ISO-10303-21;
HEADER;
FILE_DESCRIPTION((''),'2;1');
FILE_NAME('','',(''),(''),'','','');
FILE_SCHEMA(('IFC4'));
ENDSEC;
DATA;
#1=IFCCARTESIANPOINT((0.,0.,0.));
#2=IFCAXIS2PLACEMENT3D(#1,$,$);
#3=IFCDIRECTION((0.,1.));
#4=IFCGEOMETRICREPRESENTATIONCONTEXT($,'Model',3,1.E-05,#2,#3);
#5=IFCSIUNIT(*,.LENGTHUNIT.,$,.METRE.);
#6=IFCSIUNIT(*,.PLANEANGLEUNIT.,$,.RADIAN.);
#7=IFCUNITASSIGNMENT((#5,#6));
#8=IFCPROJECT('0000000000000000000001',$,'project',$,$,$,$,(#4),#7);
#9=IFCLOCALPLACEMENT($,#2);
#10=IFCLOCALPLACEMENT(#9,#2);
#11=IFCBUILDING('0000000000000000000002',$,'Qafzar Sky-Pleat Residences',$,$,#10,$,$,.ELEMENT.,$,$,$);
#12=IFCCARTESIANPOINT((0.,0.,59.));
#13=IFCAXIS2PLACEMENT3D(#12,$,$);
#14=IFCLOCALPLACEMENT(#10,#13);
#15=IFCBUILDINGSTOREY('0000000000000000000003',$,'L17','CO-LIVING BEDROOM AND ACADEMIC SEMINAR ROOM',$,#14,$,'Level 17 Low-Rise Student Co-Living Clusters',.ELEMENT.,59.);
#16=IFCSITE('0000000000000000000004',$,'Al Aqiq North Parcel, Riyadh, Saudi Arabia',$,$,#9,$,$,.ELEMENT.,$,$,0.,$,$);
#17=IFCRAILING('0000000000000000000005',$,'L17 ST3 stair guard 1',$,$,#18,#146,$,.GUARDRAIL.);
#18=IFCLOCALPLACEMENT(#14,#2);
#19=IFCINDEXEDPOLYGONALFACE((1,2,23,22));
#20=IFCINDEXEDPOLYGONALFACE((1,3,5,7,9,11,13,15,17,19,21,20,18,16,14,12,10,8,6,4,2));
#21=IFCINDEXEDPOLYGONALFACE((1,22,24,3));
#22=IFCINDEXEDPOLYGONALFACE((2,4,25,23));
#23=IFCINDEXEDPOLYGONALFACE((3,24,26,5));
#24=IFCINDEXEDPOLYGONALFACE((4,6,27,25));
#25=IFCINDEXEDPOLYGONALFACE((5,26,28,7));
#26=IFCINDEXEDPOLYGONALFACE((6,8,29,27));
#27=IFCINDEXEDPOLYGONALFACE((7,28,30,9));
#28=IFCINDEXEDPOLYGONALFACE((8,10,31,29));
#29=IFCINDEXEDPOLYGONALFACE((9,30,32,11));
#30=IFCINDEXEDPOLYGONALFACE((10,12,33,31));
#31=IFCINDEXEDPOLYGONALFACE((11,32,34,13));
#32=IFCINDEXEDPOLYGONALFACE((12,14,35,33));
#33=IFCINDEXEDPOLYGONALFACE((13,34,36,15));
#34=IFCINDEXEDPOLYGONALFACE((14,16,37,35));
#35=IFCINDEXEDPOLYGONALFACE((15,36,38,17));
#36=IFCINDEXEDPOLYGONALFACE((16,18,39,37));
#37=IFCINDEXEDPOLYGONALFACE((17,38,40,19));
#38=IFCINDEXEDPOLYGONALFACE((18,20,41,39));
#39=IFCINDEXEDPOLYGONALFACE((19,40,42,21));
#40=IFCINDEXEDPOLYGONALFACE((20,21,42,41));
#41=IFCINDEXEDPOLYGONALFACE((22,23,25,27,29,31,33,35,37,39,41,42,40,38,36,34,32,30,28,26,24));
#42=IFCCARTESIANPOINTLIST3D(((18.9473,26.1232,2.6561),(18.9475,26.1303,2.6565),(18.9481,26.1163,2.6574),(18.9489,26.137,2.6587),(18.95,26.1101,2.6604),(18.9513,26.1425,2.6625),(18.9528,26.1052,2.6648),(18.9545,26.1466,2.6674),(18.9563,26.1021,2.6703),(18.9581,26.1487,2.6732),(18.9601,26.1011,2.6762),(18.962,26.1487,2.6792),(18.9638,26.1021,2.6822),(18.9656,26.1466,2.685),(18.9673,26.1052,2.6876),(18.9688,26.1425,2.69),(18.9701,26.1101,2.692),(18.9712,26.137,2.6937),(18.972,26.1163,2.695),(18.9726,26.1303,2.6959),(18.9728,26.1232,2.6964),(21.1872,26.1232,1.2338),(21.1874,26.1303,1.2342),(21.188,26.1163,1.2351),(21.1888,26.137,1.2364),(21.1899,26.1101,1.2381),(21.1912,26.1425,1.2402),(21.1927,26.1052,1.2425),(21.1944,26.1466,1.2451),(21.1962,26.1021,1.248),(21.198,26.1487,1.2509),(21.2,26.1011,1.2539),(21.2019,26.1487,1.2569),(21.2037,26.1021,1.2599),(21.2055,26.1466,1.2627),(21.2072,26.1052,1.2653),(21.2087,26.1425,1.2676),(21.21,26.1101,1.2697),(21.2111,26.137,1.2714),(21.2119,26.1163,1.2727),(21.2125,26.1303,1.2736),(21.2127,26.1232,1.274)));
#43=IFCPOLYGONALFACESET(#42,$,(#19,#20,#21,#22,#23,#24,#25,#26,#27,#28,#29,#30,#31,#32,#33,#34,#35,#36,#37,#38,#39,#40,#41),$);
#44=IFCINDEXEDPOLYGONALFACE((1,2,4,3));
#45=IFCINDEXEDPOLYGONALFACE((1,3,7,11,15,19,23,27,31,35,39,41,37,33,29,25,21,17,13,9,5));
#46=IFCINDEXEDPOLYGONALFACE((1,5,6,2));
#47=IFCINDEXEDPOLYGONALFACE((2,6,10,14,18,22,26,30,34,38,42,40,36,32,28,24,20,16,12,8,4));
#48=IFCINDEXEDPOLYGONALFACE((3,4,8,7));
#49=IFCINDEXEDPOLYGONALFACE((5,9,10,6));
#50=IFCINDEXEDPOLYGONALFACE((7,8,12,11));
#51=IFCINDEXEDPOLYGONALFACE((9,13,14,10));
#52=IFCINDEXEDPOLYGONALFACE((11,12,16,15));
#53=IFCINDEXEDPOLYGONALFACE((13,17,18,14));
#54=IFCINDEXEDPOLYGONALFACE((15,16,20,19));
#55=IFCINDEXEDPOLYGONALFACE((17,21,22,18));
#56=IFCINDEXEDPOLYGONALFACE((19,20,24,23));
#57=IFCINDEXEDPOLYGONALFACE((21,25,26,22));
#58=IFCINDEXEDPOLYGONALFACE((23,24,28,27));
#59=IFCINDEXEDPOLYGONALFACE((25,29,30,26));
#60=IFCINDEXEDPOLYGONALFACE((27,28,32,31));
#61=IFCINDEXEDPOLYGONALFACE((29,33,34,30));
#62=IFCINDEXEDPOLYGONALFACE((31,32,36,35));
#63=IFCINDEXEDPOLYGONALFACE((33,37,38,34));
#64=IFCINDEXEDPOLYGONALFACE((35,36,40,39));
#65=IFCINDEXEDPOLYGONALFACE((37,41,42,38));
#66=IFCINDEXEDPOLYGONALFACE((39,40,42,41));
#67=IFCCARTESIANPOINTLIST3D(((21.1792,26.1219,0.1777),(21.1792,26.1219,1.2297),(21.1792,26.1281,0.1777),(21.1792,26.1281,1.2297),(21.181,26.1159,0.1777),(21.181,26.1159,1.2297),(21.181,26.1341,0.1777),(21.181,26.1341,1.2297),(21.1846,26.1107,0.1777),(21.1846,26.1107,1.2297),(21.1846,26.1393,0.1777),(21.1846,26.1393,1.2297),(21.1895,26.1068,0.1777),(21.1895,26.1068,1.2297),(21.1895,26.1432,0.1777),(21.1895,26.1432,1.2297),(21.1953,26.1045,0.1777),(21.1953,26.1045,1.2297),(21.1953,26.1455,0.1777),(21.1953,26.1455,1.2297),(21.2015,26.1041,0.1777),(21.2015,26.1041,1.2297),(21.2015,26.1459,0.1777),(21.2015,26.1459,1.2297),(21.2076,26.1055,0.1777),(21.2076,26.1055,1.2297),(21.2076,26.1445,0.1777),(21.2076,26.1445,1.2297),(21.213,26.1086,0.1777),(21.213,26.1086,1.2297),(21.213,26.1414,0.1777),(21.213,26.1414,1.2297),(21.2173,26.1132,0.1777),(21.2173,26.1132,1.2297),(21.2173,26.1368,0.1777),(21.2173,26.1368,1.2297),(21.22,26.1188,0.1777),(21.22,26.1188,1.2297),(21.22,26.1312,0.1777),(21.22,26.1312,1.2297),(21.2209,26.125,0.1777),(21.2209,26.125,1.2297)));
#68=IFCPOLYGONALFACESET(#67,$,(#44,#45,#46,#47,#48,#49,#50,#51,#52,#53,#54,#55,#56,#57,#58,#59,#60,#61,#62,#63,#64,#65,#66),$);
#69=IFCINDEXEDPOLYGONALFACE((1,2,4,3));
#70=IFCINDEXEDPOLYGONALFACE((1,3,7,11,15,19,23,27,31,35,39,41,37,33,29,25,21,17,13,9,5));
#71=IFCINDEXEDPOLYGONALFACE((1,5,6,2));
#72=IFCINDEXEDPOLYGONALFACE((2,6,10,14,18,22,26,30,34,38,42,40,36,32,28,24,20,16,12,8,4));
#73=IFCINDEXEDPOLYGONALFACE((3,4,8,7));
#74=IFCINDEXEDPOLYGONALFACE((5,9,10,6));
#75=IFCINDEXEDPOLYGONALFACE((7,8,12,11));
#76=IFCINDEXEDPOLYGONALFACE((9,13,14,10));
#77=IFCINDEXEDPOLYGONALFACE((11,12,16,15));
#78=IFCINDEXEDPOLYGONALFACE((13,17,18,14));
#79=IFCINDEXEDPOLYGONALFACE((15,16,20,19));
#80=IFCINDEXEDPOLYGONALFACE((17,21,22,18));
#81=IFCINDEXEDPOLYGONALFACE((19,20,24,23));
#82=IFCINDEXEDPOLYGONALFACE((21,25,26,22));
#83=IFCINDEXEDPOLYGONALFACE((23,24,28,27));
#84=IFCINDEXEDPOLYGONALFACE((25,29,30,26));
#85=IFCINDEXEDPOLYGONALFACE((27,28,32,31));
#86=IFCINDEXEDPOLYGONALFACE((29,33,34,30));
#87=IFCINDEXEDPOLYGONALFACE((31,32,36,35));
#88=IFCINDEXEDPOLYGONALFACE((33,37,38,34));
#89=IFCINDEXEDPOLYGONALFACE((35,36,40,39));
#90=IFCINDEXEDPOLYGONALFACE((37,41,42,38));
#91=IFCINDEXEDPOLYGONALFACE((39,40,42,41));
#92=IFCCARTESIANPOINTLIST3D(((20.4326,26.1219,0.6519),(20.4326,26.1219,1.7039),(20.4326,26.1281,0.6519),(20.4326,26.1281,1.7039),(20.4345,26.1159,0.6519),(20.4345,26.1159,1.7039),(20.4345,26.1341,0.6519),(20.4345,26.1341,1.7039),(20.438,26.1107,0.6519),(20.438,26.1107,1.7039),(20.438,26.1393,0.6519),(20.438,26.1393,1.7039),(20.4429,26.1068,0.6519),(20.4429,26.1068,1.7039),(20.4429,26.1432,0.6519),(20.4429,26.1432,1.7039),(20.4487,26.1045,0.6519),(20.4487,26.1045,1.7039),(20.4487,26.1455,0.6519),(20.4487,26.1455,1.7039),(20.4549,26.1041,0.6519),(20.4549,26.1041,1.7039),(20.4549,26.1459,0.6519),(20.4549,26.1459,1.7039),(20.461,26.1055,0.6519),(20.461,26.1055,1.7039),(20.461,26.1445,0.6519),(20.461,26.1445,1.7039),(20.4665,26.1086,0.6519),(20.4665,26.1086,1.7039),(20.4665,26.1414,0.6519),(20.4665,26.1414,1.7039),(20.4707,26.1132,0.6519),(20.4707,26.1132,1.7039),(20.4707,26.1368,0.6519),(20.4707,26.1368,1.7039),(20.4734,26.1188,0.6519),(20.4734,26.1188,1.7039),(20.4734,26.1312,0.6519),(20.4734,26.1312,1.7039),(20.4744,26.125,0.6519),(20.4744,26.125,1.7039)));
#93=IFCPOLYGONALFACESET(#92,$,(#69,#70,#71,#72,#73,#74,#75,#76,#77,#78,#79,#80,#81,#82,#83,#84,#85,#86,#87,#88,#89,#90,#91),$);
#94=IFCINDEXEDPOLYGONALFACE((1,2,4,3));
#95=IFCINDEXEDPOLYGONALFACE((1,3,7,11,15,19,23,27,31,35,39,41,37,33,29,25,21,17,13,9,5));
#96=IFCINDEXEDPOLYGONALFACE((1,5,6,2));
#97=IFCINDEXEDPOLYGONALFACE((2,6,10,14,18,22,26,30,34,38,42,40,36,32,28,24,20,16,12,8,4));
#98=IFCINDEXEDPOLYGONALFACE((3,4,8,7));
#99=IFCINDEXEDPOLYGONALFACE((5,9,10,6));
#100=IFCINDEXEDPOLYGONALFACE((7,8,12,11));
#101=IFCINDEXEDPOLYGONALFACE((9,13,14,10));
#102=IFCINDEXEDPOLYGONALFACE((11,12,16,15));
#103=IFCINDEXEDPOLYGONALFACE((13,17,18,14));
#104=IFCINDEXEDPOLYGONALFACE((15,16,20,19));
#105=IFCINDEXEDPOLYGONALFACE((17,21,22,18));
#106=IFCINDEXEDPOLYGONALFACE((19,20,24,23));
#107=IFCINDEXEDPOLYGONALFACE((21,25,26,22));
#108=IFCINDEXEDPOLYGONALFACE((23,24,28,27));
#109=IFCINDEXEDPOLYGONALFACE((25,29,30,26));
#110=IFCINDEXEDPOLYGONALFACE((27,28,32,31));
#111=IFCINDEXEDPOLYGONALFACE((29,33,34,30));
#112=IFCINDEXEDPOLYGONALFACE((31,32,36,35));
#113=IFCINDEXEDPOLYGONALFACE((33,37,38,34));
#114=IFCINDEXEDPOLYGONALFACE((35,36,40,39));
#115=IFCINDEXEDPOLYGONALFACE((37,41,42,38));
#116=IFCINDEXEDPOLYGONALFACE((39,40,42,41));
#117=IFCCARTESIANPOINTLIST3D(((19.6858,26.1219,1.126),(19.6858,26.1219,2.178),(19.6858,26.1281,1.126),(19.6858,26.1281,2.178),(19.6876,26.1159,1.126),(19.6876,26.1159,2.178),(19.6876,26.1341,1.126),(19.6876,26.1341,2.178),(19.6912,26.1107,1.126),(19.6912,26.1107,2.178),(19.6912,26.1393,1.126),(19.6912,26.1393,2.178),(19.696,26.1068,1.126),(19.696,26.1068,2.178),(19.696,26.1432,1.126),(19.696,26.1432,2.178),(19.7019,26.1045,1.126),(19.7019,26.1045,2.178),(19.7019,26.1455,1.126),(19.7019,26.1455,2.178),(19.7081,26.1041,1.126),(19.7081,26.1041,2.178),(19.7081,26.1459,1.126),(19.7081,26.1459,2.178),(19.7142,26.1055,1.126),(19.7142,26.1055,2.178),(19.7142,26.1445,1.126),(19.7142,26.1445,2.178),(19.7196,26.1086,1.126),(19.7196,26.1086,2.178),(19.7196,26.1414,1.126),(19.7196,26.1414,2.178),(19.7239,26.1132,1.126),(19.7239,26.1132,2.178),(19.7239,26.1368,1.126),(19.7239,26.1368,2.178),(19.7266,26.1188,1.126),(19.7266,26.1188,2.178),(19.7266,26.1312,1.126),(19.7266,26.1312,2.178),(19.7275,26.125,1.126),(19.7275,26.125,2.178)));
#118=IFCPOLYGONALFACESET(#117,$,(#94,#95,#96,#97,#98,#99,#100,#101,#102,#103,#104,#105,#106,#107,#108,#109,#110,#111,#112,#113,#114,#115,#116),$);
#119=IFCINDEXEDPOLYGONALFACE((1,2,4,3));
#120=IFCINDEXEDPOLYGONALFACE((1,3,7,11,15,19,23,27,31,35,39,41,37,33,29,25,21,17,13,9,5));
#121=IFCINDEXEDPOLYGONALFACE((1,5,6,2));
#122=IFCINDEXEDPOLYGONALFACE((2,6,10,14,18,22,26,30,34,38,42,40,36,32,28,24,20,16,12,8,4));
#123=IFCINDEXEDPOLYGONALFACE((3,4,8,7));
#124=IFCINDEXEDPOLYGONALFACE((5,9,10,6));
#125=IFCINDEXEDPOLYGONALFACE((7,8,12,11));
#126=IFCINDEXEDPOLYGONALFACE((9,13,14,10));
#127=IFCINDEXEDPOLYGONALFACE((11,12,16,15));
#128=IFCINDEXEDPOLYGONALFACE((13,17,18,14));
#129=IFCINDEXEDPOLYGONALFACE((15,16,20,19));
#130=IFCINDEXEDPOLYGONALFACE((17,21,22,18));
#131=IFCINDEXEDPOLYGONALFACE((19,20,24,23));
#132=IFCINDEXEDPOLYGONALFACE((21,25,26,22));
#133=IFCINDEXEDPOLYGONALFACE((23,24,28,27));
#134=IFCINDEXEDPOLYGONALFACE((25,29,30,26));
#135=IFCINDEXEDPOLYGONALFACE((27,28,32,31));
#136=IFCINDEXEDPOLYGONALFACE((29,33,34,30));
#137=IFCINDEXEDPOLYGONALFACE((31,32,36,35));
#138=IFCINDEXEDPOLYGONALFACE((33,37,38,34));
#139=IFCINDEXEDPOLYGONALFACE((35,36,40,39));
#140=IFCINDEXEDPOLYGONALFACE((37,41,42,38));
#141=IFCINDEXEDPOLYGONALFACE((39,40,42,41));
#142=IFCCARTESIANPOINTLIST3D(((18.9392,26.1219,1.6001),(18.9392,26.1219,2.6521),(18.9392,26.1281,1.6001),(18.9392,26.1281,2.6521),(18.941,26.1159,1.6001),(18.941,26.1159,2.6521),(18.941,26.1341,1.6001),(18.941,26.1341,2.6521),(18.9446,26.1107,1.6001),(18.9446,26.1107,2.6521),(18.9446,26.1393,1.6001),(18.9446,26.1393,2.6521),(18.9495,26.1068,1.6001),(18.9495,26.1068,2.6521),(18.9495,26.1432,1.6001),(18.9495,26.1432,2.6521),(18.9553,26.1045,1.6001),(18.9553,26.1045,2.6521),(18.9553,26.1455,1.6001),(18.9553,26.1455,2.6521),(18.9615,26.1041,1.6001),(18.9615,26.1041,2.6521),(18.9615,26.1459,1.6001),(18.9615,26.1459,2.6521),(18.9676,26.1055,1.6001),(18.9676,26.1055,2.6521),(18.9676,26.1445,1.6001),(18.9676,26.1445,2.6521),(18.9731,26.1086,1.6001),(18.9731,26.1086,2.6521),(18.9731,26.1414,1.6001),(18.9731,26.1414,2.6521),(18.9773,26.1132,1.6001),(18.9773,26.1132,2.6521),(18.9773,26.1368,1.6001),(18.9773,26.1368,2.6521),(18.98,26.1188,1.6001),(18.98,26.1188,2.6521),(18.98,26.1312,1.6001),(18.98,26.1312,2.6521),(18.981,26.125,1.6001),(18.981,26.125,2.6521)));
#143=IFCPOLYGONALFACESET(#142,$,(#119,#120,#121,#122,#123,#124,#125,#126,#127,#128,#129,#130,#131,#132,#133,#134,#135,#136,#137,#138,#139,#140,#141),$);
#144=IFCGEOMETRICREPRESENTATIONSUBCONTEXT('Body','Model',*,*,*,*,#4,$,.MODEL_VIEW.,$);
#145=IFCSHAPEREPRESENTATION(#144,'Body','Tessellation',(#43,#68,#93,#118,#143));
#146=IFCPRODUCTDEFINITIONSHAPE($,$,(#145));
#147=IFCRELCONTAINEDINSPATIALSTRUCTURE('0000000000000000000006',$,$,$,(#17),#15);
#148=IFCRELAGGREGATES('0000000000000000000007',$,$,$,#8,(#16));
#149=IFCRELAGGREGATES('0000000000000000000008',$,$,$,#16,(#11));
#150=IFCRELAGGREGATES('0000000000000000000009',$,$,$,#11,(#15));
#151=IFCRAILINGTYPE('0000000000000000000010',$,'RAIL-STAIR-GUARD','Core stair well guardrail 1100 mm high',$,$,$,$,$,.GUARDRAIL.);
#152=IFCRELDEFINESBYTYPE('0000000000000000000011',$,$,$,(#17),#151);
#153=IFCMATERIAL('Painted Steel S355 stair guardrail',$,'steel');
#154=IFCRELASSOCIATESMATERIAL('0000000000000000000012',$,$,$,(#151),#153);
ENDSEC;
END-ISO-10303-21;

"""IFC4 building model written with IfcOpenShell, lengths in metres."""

from ifc_helpers import new_model, si_unit, direction, frame, origin, origin_2d, place, context, subcontext, project, spatial, circle, extrude, source, transform, mapped, material, type_object, element, save


model = new_model("IFC4")

# Units and contexts
model_context = context("Model", 3, precision=1e-05, world=origin(), true_north=direction((0.0, 1.0)))
body_context = subcontext(model_context, "Body", "Model", "MODEL_VIEW")
ifc_project = project(units=[si_unit("LENGTHUNIT", "METRE"), si_unit("PLANEANGLEUNIT", "RADIAN")], contexts=[model_context])

# Site, building, storey
site_placement = place(None, origin())
site = spatial("IfcSite", under=ifc_project, at=site_placement, Name="Al Aqiq North Parcel, Riyadh, Saudi Arabia", CompositionType="ELEMENT", RefElevation=0.0)
building_placement = place(site_placement, origin())
building = spatial("IfcBuilding", under=site, at=building_placement, Name="Qafzar Sky-Pleat Residences", CompositionType="ELEMENT")
storey_placement = place(building_placement, frame((0.0, 0.0, 59.0)))
storey = spatial("IfcBuildingStorey", under=building, at=storey_placement, Name="L17", Description="CO-LIVING BEDROOM AND ACADEMIC SEMINAR ROOM", LongName="Level 17 Low-Rise Student Co-Living Clusters", CompositionType="ELEMENT", Elevation=59.0)

# Railing
ifc_material_1 = material(Name="Painted Steel S355 stair guardrail", Category="steel")
railing_type_1 = type_object("IfcRailingType", Name="RAIL-STAIR-GUARD", Description="Core stair well guardrail 1100 mm high", PredefinedType="GUARDRAIL", material=ifc_material_1)
shared_shape_1 = source(origin(), body_context, "Body", "SweptSolid", [
    extrude(circle(Radius=0.0239, at=origin_2d()), frame((0.0, 0.0, 1.0762), z_axis=(-0.844188, 0.0, 0.536048), x_axis=(0.0, -1.0, 0.0)), (0.0, 0.0, 1.0), 2.6533),
    extrude(circle(Radius=0.021, at=origin_2d()), origin(), (0.0, 0.0, 1.0), 1.052),
    extrude(circle(Radius=0.021, at=origin_2d()), frame((-0.7466, 0.0, 0.4741)), (0.0, 0.0, 1.0), 1.052),
    extrude(circle(Radius=0.021, at=origin_2d()), frame((-1.4934, 0.0, 0.9482)), (0.0, 0.0, 1.0), 1.052),
    extrude(circle(Radius=0.021, at=origin_2d()), frame((-2.24, 0.0, 1.4224)), (0.0, 0.0, 1.0), 1.052),
])
railing_1_placement = place(storey_placement, frame((21.2, 26.125, 0.1777)))
element("IfcRailing", 1, at=railing_1_placement, inside=storey, type_object=railing_type_1, Name="L17 ST3 stair guard 1", PredefinedType="GUARDRAIL", context=body_context, shape_type="MappedRepresentation", body=[
    mapped(shared_shape_1, transform((0.0, 0.0, 0.0), x_axis=(1.0, 0.0, 0.0), y_axis=(0.0, 1.0, 0.0), z_axis=(0.0, 0.0, 1.0), scale=1.0)),
])

save(model, "model.ifc")
